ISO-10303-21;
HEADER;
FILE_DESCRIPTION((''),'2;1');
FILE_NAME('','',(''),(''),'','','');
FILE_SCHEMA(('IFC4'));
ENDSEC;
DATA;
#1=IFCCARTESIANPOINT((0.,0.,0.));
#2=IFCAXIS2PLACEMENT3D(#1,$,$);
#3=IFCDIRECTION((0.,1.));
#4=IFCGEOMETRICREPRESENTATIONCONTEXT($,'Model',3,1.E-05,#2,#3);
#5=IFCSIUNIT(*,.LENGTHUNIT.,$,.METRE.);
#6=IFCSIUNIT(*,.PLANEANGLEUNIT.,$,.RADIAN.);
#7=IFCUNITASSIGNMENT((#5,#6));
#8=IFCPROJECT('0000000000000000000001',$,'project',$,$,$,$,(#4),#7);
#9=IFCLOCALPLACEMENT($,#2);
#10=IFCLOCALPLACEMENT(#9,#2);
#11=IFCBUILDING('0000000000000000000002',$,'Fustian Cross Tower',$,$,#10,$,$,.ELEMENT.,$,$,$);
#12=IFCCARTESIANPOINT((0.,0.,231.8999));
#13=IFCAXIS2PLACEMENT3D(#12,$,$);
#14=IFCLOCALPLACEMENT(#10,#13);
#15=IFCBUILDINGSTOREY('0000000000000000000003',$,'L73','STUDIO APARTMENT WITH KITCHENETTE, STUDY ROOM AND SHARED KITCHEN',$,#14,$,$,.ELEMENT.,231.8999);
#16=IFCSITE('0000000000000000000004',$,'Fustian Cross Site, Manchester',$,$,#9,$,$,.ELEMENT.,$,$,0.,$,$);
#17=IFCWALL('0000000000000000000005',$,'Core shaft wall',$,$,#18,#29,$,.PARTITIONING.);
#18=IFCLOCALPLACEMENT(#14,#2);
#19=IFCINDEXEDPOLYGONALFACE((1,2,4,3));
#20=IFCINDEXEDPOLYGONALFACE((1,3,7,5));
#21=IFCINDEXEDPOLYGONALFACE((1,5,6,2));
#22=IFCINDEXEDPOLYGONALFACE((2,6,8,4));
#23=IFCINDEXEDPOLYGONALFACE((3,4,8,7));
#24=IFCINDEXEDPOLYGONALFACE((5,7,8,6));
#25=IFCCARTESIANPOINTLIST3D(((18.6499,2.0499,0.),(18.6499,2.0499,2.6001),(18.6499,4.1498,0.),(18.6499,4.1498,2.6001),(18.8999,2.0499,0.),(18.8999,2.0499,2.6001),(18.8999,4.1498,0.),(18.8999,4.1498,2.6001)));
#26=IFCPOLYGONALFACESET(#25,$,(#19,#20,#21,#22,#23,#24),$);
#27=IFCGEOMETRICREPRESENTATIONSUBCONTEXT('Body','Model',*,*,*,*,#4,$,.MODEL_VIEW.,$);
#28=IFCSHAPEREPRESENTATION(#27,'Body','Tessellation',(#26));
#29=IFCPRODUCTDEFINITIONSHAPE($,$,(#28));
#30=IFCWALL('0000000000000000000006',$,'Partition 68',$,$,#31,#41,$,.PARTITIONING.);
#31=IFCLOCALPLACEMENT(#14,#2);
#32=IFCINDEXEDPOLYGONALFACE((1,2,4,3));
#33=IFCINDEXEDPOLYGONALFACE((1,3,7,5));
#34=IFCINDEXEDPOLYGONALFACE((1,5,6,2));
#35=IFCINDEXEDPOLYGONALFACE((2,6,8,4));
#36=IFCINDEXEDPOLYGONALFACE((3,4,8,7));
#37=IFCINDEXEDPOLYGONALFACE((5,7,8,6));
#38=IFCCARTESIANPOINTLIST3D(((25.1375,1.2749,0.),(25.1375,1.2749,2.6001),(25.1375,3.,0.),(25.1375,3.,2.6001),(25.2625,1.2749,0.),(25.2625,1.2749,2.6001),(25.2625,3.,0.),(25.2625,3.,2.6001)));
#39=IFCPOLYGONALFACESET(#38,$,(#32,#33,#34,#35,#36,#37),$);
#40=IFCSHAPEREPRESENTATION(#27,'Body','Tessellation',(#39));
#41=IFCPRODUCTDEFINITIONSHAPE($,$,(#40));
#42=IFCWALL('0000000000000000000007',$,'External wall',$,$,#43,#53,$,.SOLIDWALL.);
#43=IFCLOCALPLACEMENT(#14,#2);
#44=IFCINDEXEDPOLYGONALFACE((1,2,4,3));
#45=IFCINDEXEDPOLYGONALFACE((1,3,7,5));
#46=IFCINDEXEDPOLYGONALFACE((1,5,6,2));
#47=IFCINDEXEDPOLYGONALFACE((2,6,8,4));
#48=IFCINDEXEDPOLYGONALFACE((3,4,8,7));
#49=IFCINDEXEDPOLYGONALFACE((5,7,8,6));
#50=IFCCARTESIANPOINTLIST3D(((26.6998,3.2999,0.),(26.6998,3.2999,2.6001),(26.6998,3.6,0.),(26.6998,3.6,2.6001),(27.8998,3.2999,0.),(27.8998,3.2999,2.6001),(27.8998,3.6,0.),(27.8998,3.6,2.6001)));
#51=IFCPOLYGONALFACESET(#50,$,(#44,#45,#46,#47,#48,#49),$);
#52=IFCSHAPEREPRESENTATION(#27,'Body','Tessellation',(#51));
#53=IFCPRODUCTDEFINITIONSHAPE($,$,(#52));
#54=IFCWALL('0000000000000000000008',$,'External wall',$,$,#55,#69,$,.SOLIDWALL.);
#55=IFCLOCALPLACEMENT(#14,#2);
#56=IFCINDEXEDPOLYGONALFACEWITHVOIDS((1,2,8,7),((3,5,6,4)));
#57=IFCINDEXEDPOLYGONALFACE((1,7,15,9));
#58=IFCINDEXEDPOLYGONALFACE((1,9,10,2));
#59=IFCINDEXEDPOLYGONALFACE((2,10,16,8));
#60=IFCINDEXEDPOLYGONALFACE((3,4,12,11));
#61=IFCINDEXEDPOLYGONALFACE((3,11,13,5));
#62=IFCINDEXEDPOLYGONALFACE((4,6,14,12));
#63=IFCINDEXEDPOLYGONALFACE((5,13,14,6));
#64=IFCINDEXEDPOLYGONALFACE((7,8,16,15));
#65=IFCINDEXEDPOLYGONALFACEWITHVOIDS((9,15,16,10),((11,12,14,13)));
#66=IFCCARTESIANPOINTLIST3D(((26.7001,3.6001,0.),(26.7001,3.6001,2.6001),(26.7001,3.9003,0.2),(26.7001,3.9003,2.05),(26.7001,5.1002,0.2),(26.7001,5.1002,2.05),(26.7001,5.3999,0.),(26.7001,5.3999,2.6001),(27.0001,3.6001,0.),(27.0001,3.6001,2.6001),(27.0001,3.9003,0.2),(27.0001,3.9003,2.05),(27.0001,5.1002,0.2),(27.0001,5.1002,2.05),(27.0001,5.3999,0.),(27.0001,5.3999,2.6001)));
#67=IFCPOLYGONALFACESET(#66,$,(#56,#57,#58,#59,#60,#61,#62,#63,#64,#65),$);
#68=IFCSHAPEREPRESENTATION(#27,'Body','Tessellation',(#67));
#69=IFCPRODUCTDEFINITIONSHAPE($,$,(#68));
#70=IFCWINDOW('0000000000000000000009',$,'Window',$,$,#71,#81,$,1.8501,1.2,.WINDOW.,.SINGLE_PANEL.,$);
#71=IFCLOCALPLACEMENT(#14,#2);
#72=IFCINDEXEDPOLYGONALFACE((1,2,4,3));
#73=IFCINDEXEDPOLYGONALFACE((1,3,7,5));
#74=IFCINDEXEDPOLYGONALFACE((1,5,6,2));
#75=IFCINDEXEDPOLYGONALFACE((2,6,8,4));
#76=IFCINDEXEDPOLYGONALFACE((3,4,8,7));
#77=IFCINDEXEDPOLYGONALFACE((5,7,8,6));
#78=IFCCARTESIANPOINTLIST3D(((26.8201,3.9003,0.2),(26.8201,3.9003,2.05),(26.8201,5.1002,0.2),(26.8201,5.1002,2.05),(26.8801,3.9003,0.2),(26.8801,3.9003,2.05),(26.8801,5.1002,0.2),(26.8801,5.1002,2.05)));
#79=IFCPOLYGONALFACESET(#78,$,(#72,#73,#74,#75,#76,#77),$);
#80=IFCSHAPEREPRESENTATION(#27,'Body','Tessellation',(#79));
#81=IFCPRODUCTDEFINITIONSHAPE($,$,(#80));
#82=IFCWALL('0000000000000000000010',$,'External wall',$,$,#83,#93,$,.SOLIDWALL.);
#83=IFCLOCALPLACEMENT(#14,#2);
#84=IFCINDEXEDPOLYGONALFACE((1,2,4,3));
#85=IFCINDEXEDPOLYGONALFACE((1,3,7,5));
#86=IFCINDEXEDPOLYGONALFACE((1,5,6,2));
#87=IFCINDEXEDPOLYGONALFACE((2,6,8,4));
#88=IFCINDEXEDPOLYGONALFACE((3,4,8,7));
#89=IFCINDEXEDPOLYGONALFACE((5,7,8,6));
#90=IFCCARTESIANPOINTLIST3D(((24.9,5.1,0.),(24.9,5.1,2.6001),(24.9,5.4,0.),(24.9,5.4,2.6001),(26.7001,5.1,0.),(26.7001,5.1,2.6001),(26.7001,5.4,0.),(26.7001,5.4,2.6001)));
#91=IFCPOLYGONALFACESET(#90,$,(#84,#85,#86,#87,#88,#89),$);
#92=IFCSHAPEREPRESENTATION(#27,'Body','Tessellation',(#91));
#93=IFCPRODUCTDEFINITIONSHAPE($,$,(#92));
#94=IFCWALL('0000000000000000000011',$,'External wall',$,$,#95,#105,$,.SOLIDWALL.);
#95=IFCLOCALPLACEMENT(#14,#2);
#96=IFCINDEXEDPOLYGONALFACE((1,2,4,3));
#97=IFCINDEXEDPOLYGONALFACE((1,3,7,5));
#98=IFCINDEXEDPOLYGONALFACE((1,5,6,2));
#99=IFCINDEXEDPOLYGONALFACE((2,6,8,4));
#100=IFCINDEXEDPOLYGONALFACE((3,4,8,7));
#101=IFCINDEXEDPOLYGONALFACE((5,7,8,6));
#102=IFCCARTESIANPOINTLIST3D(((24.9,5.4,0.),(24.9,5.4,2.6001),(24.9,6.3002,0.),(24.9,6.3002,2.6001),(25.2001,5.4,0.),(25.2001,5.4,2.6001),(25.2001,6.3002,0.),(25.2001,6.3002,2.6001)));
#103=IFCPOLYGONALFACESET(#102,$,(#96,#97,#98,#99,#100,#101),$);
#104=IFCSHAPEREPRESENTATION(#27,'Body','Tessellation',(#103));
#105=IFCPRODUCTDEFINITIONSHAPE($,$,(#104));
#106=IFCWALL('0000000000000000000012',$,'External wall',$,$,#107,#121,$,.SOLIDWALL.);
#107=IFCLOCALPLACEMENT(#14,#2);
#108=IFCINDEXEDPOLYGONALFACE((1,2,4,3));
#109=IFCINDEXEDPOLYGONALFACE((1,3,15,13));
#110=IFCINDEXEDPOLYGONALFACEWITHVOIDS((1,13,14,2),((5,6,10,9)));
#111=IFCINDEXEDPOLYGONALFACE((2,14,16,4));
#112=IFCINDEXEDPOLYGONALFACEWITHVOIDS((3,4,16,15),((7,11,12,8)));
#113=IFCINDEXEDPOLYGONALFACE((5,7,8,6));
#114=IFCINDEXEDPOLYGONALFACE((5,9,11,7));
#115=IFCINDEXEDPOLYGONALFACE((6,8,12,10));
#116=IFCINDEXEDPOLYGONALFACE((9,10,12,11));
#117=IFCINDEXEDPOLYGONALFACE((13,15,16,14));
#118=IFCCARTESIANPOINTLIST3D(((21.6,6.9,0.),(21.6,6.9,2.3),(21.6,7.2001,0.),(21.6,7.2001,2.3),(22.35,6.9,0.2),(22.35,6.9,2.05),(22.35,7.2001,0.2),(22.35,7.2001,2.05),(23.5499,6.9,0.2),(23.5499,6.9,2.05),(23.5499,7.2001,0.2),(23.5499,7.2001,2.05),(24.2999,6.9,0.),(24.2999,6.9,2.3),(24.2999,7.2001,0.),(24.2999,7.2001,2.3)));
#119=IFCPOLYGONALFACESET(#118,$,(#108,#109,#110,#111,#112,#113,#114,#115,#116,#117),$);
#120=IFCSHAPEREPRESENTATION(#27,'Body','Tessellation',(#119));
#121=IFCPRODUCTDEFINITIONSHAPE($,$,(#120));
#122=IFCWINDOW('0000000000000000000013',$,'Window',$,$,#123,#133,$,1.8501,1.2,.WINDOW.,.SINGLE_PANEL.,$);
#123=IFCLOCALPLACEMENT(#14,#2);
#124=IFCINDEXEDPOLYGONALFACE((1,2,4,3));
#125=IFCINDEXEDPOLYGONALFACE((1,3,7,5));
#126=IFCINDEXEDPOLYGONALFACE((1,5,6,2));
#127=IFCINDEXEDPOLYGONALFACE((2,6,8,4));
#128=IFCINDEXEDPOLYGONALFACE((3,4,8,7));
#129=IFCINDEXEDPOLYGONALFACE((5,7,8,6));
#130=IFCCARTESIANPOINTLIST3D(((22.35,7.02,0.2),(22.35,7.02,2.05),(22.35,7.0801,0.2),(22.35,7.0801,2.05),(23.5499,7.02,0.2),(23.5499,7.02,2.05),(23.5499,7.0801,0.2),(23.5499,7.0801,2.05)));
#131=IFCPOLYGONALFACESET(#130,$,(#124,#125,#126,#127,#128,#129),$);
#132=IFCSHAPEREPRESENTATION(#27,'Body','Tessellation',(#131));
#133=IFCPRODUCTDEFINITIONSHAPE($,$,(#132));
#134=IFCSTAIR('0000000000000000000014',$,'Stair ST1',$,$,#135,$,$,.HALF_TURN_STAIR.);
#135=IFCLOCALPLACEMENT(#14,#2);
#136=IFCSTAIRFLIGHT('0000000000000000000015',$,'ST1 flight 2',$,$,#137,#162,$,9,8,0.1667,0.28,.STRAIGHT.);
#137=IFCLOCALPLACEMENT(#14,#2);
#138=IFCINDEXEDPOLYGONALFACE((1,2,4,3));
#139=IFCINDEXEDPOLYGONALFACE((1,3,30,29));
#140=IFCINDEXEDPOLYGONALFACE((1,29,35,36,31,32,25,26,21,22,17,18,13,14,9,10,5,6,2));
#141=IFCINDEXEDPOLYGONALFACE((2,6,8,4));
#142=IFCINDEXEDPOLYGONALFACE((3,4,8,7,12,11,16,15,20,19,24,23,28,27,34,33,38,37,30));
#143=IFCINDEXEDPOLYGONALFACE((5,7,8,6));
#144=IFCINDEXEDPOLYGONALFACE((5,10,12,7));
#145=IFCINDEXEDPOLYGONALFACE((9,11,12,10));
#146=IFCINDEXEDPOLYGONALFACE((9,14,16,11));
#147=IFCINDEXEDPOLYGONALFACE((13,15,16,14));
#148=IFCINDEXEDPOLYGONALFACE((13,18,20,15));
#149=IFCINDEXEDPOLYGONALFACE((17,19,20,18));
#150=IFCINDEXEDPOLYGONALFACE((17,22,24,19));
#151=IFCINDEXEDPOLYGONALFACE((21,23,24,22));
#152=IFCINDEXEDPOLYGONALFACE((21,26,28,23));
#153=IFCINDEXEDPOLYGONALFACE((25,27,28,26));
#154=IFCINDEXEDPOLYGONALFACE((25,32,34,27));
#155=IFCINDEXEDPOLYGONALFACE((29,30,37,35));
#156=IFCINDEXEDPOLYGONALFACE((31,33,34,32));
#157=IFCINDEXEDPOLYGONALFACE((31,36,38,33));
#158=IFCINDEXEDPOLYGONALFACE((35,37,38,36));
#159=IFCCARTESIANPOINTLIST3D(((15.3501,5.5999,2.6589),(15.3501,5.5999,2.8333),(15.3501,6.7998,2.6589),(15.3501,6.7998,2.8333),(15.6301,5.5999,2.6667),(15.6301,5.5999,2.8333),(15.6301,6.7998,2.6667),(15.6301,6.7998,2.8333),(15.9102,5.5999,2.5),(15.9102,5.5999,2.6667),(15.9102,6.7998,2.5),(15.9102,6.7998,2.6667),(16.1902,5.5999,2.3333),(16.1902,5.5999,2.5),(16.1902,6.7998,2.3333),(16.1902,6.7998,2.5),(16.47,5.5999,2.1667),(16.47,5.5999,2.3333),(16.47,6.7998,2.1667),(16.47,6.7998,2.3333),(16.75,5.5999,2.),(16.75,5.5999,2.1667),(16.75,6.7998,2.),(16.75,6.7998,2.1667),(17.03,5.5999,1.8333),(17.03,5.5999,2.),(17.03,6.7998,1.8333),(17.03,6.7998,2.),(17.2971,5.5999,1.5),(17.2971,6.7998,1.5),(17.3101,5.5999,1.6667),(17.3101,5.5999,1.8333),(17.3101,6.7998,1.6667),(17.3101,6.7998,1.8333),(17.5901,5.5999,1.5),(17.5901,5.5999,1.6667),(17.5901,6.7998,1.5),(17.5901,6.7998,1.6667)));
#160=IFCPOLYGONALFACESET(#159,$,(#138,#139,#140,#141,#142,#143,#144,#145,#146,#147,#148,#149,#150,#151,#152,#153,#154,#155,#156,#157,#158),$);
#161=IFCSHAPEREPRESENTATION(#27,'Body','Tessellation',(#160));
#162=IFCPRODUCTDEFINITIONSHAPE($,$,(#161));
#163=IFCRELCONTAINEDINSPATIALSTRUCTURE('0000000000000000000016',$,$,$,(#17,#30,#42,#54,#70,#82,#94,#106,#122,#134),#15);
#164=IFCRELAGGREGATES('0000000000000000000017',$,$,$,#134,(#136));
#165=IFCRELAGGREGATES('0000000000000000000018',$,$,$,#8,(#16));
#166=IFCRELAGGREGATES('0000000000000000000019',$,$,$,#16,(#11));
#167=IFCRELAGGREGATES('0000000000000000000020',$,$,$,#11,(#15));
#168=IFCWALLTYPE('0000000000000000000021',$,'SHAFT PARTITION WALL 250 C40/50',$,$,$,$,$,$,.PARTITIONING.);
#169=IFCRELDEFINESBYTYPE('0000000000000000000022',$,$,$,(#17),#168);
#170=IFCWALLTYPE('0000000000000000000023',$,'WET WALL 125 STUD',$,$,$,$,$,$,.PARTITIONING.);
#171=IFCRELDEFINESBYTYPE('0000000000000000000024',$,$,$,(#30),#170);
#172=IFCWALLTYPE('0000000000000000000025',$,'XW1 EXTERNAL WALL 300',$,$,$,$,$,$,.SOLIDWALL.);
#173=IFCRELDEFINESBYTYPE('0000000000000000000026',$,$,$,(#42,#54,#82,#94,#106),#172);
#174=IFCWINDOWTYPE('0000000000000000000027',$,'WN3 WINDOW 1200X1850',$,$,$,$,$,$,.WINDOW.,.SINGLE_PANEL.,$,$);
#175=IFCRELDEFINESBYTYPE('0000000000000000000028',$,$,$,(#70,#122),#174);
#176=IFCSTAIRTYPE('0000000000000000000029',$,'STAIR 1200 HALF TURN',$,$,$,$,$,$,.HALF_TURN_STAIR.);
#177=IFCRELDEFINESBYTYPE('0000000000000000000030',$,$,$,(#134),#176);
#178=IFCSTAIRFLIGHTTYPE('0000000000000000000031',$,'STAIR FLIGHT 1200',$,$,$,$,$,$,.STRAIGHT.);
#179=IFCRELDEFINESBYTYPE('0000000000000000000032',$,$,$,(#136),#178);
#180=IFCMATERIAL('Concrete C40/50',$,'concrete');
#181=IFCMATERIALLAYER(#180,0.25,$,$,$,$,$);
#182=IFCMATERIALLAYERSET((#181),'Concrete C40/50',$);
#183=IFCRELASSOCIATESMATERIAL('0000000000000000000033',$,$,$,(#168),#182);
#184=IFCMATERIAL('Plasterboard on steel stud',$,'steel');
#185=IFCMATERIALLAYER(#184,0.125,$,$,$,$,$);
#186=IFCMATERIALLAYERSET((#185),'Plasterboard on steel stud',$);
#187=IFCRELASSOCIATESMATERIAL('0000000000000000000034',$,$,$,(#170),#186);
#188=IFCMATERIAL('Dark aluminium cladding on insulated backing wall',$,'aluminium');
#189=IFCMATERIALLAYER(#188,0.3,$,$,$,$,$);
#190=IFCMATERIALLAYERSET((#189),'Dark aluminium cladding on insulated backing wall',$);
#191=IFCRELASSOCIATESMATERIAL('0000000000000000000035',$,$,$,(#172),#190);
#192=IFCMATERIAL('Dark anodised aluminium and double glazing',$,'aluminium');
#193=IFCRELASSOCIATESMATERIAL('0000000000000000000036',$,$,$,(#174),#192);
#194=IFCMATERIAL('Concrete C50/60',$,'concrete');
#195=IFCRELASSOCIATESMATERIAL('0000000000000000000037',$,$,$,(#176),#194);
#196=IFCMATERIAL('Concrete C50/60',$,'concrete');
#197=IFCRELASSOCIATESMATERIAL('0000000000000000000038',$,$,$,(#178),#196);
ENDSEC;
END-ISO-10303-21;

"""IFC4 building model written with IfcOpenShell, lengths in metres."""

from ifc_helpers import new_model, si_unit, direction, frame, frame_2d, origin, place, context, subcontext, project, spatial, polyline, rectangle, outline, extrude, material, layer, layer_set, type_object, element, fill, aggregate, save


model = new_model("IFC4")

# Units and contexts
model_context = context("Model", 3, precision=1e-05, world=origin(), true_north=direction((0.0, 1.0)))
body_context = subcontext(model_context, "Body", "Model", "MODEL_VIEW")
ifc_project = project(units=[si_unit("LENGTHUNIT", "METRE"), si_unit("PLANEANGLEUNIT", "RADIAN")], contexts=[model_context])

# Site, building, storey
site_placement = place(None, origin())
site = spatial("IfcSite", under=ifc_project, at=site_placement, Name="Fustian Cross Site, Manchester", CompositionType="ELEMENT", RefElevation=0.0)
building_placement = place(site_placement, origin())
building = spatial("IfcBuilding", under=site, at=building_placement, Name="Fustian Cross Tower", CompositionType="ELEMENT")
storey_placement = place(building_placement, frame((0.0, 0.0, 231.8999)))
storey = spatial("IfcBuildingStorey", under=building, at=storey_placement, Name="L73", Description="STUDIO APARTMENT WITH KITCHENETTE, STUDY ROOM AND SHARED KITCHEN", CompositionType="ELEMENT", Elevation=231.8999)

# Walls
ifc_material_1 = material(Name="Concrete C40/50", Category="concrete")
ifc_layer_1 = layer(ifc_material_1, 0.25)
ifc_layer_set_1 = layer_set([ifc_layer_1], Name="Concrete C40/50")
wall_type_1 = type_object("IfcWallType", Name="SHAFT PARTITION WALL 250 C40/50", PredefinedType="PARTITIONING", material=ifc_layer_set_1)
wall_1_placement = place(storey_placement, frame((18.7749, 2.05, 0.0), z_axis=(0.0, 0.0, 1.0), x_axis=(0.0, 1.0, 0.0)))
element("IfcWall", 1, at=wall_1_placement, inside=storey, type_object=wall_type_1, Name="Core shaft wall", PredefinedType="PARTITIONING", context=body_context, shape_type="SweptSolid", body=[
    extrude(rectangle(XDim=2.0999, YDim=0.25, at=frame_2d((1.0498, 0.0))), origin(), (0.0, 0.0, 1.0), 2.6001),
])
ifc_material_2 = material(Name="Plasterboard on steel stud", Category="steel")
ifc_layer_2 = layer(ifc_material_2, 0.125)
ifc_layer_set_2 = layer_set([ifc_layer_2], Name="Plasterboard on steel stud")
wall_type_2 = type_object("IfcWallType", Name="WET WALL 125 STUD", PredefinedType="PARTITIONING", material=ifc_layer_set_2)
wall_2_placement = place(storey_placement, frame((25.2, 1.2749, 0.0), z_axis=(0.0, 0.0, 1.0), x_axis=(0.0, 1.0, 0.0)))
element("IfcWall", 2, at=wall_2_placement, inside=storey, type_object=wall_type_2, Name="Partition 68", PredefinedType="PARTITIONING", context=body_context, shape_type="SweptSolid", body=[
    extrude(rectangle(XDim=1.7251, YDim=0.125, at=frame_2d((0.8625, 0.0))), origin(), (0.0, 0.0, 1.0), 2.6001),
])
ifc_material_3 = material(Name="Dark aluminium cladding on insulated backing wall", Category="aluminium")
ifc_layer_3 = layer(ifc_material_3, 0.3)
ifc_layer_set_3 = layer_set([ifc_layer_3], Name="Dark aluminium cladding on insulated backing wall")
wall_type_3 = type_object("IfcWallType", Name="XW1 EXTERNAL WALL 300", PredefinedType="SOLIDWALL", material=ifc_layer_set_3)
wall_3_placement = place(storey_placement, frame((27.8999, 3.45, 0.0), z_axis=(0.0, 0.0, 1.0), x_axis=(-1.0, 0.0, 0.0)))
element("IfcWall", 3, at=wall_3_placement, inside=storey, type_object=wall_type_3, Name="External wall", PredefinedType="SOLIDWALL", context=body_context, shape_type="SweptSolid", body=[
    extrude(rectangle(XDim=1.2, YDim=0.3, at=frame_2d((0.6001, 0.0))), origin(), (0.0, 0.0, 1.0), 2.6001),
])

# Wall, opening, window
wall_4_placement = place(storey_placement, frame((26.8501, 3.6001, 0.0), z_axis=(0.0, 0.0, 1.0), x_axis=(0.0, 1.0, 0.0)))
wall_4 = element("IfcWall", 4, at=wall_4_placement, inside=storey, type_object=wall_type_3, Name="External wall", PredefinedType="SOLIDWALL", context=body_context, shape_type="SweptSolid", body=[
    extrude(rectangle(XDim=1.7998, YDim=0.3, at=frame_2d((0.8999, 0.0))), origin(), (0.0, 0.0, 1.0), 2.6001),
])
opening_1_placement = place(wall_4_placement, frame((0.3, 0.0, 0.2)))
opening_1 = element("IfcOpeningElement", 5, at=opening_1_placement, cuts=wall_4, PredefinedType="OPENING", context=body_context, shape_type="SweptSolid", body=[
    extrude(rectangle(XDim=1.2, YDim=1.8501, at=frame_2d((0.6001, 0.925))), frame((0.0, 0.1599, 0.0), z_axis=(0.0, -1.0, 0.0), x_axis=(1.0, 0.0, 0.0)), (0.0, 0.0, 1.0), 0.3201),
])
ifc_material_4 = material(Name="Dark anodised aluminium and double glazing", Category="aluminium")
window_type = type_object("IfcWindowType", Name="WN3 WINDOW 1200X1850", PartitioningType="SINGLE_PANEL", PredefinedType="WINDOW", material=ifc_material_4)
window_1_placement = place(opening_1_placement, origin())
window_1 = element("IfcWindow", 6, at=window_1_placement, inside=storey, type_object=window_type, Name="Window", OverallHeight=1.8501, OverallWidth=1.2, PartitioningType="SINGLE_PANEL", PredefinedType="WINDOW", context=body_context, shape_type="SweptSolid", body=[
    extrude(rectangle(XDim=1.2, YDim=1.8501, at=frame_2d((0.6001, 0.925))), frame((0.0, 0.03, 0.0), z_axis=(0.0, -1.0, 0.0), x_axis=(1.0, 0.0, 0.0)), (0.0, 0.0, 1.0), 0.0601),
])
fill(opening_1, window_1)

# Walls
wall_5_placement = place(storey_placement, frame((26.7, 5.25, 0.0), z_axis=(0.0, 0.0, 1.0), x_axis=(-1.0, 0.0, 0.0)))
element("IfcWall", 7, at=wall_5_placement, inside=storey, type_object=wall_type_3, Name="External wall", PredefinedType="SOLIDWALL", context=body_context, shape_type="SweptSolid", body=[
    extrude(rectangle(XDim=1.8, YDim=0.3, at=frame_2d((0.8999, 0.0))), origin(), (0.0, 0.0, 1.0), 2.6001),
])
wall_6_placement = place(storey_placement, frame((25.05, 5.3999, 0.0), z_axis=(0.0, 0.0, 1.0), x_axis=(0.0, 1.0, 0.0)))
element("IfcWall", 8, at=wall_6_placement, inside=storey, type_object=wall_type_3, Name="External wall", PredefinedType="SOLIDWALL", context=body_context, shape_type="SweptSolid", body=[
    extrude(rectangle(XDim=0.9001, YDim=0.3, at=frame_2d((0.4502, 0.0))), origin(), (0.0, 0.0, 1.0), 2.6001),
])

# Wall, opening, window
wall_7_placement = place(storey_placement, frame((24.3, 7.05, 0.0), z_axis=(0.0, 0.0, 1.0), x_axis=(-1.0, 0.0, 0.0)))
wall_7 = element("IfcWall", 9, at=wall_7_placement, inside=storey, type_object=wall_type_3, Name="External wall", PredefinedType="SOLIDWALL", context=body_context, shape_type="SweptSolid", body=[
    extrude(rectangle(XDim=2.7, YDim=0.3, at=frame_2d((1.3501, 0.0))), origin(), (0.0, 0.0, 1.0), 2.3),
])
opening_2_placement = place(wall_7_placement, frame((0.75, 0.0, 0.2)))
opening_2 = element("IfcOpeningElement", 10, at=opening_2_placement, cuts=wall_7, PredefinedType="OPENING", context=body_context, shape_type="SweptSolid", body=[
    extrude(rectangle(XDim=1.2, YDim=1.8501, at=frame_2d((0.6001, 0.925))), frame((0.0, 0.1599, 0.0), z_axis=(0.0, -1.0, 0.0), x_axis=(1.0, 0.0, 0.0)), (0.0, 0.0, 1.0), 0.3201),
])
window_2_placement = place(opening_2_placement, origin())
window_2 = element("IfcWindow", 11, at=window_2_placement, inside=storey, type_object=window_type, Name="Window", OverallHeight=1.8501, OverallWidth=1.2, PartitioningType="SINGLE_PANEL", PredefinedType="WINDOW", context=body_context, shape_type="SweptSolid", body=[
    extrude(rectangle(XDim=1.2, YDim=1.8501, at=frame_2d((0.6001, 0.925))), frame((0.0, 0.03, 0.0), z_axis=(0.0, -1.0, 0.0), x_axis=(1.0, 0.0, 0.0)), (0.0, 0.0, 1.0), 0.0601),
])
fill(opening_2, window_2)

# Stair, stair flight
ifc_material_5 = material(Name="Concrete C50/60", Category="concrete")
stair_type = type_object("IfcStairType", Name="STAIR 1200 HALF TURN", PredefinedType="HALF_TURN_STAIR", material=ifc_material_5)
stair_placement = place(storey_placement, origin())
stair = element("IfcStair", 12, at=stair_placement, inside=storey, type_object=stair_type, Name="Stair ST1", PredefinedType="HALF_TURN_STAIR")
ifc_material_6 = material(Name="Concrete C50/60", Category="concrete")
stair_flight_type = type_object("IfcStairFlightType", Name="STAIR FLIGHT 1200", PredefinedType="STRAIGHT", material=ifc_material_6)
stair_flight_placement = place(storey_placement, frame((17.5901, 6.2, 1.5), z_axis=(0.0, 0.0, 1.0), x_axis=(-1.0, 0.0, 0.0)))
stair_flight = element("IfcStairFlight", 13, at=stair_flight_placement, type_object=stair_flight_type, Name="ST1 flight 2", NumberOfRisers=9, NumberOfTreads=8, PredefinedType="STRAIGHT", RiserHeight=0.1667, TreadLength=0.28, context=body_context, shape_type="SweptSolid", body=[
    extrude(outline(polyline([(0.0, 0.0), (0.0, 0.1667), (0.28, 0.1667), (0.28, 0.3333), (0.5601, 0.3333), (0.5601, 0.5), (0.8401, 0.5), (0.8401, 0.6667), (1.1201, 0.6667), (1.1201, 0.8333), (1.3999, 0.8333), (1.3999, 1.0), (1.6799, 1.0), (1.6799, 1.1667), (1.96, 1.1667), (1.96, 1.3333), (2.24, 1.3333), (2.24, 1.5), (2.24, 1.1589), (0.293, 0.0), (0.0, 0.0)])), frame((0.0, 0.6001, 0.0), z_axis=(0.0, -1.0, 0.0), x_axis=(1.0, 0.0, 0.0)), (0.0, 0.0, 1.0), 1.2),
])
aggregate(stair, [stair_flight])

save(model, "model.ifc")
